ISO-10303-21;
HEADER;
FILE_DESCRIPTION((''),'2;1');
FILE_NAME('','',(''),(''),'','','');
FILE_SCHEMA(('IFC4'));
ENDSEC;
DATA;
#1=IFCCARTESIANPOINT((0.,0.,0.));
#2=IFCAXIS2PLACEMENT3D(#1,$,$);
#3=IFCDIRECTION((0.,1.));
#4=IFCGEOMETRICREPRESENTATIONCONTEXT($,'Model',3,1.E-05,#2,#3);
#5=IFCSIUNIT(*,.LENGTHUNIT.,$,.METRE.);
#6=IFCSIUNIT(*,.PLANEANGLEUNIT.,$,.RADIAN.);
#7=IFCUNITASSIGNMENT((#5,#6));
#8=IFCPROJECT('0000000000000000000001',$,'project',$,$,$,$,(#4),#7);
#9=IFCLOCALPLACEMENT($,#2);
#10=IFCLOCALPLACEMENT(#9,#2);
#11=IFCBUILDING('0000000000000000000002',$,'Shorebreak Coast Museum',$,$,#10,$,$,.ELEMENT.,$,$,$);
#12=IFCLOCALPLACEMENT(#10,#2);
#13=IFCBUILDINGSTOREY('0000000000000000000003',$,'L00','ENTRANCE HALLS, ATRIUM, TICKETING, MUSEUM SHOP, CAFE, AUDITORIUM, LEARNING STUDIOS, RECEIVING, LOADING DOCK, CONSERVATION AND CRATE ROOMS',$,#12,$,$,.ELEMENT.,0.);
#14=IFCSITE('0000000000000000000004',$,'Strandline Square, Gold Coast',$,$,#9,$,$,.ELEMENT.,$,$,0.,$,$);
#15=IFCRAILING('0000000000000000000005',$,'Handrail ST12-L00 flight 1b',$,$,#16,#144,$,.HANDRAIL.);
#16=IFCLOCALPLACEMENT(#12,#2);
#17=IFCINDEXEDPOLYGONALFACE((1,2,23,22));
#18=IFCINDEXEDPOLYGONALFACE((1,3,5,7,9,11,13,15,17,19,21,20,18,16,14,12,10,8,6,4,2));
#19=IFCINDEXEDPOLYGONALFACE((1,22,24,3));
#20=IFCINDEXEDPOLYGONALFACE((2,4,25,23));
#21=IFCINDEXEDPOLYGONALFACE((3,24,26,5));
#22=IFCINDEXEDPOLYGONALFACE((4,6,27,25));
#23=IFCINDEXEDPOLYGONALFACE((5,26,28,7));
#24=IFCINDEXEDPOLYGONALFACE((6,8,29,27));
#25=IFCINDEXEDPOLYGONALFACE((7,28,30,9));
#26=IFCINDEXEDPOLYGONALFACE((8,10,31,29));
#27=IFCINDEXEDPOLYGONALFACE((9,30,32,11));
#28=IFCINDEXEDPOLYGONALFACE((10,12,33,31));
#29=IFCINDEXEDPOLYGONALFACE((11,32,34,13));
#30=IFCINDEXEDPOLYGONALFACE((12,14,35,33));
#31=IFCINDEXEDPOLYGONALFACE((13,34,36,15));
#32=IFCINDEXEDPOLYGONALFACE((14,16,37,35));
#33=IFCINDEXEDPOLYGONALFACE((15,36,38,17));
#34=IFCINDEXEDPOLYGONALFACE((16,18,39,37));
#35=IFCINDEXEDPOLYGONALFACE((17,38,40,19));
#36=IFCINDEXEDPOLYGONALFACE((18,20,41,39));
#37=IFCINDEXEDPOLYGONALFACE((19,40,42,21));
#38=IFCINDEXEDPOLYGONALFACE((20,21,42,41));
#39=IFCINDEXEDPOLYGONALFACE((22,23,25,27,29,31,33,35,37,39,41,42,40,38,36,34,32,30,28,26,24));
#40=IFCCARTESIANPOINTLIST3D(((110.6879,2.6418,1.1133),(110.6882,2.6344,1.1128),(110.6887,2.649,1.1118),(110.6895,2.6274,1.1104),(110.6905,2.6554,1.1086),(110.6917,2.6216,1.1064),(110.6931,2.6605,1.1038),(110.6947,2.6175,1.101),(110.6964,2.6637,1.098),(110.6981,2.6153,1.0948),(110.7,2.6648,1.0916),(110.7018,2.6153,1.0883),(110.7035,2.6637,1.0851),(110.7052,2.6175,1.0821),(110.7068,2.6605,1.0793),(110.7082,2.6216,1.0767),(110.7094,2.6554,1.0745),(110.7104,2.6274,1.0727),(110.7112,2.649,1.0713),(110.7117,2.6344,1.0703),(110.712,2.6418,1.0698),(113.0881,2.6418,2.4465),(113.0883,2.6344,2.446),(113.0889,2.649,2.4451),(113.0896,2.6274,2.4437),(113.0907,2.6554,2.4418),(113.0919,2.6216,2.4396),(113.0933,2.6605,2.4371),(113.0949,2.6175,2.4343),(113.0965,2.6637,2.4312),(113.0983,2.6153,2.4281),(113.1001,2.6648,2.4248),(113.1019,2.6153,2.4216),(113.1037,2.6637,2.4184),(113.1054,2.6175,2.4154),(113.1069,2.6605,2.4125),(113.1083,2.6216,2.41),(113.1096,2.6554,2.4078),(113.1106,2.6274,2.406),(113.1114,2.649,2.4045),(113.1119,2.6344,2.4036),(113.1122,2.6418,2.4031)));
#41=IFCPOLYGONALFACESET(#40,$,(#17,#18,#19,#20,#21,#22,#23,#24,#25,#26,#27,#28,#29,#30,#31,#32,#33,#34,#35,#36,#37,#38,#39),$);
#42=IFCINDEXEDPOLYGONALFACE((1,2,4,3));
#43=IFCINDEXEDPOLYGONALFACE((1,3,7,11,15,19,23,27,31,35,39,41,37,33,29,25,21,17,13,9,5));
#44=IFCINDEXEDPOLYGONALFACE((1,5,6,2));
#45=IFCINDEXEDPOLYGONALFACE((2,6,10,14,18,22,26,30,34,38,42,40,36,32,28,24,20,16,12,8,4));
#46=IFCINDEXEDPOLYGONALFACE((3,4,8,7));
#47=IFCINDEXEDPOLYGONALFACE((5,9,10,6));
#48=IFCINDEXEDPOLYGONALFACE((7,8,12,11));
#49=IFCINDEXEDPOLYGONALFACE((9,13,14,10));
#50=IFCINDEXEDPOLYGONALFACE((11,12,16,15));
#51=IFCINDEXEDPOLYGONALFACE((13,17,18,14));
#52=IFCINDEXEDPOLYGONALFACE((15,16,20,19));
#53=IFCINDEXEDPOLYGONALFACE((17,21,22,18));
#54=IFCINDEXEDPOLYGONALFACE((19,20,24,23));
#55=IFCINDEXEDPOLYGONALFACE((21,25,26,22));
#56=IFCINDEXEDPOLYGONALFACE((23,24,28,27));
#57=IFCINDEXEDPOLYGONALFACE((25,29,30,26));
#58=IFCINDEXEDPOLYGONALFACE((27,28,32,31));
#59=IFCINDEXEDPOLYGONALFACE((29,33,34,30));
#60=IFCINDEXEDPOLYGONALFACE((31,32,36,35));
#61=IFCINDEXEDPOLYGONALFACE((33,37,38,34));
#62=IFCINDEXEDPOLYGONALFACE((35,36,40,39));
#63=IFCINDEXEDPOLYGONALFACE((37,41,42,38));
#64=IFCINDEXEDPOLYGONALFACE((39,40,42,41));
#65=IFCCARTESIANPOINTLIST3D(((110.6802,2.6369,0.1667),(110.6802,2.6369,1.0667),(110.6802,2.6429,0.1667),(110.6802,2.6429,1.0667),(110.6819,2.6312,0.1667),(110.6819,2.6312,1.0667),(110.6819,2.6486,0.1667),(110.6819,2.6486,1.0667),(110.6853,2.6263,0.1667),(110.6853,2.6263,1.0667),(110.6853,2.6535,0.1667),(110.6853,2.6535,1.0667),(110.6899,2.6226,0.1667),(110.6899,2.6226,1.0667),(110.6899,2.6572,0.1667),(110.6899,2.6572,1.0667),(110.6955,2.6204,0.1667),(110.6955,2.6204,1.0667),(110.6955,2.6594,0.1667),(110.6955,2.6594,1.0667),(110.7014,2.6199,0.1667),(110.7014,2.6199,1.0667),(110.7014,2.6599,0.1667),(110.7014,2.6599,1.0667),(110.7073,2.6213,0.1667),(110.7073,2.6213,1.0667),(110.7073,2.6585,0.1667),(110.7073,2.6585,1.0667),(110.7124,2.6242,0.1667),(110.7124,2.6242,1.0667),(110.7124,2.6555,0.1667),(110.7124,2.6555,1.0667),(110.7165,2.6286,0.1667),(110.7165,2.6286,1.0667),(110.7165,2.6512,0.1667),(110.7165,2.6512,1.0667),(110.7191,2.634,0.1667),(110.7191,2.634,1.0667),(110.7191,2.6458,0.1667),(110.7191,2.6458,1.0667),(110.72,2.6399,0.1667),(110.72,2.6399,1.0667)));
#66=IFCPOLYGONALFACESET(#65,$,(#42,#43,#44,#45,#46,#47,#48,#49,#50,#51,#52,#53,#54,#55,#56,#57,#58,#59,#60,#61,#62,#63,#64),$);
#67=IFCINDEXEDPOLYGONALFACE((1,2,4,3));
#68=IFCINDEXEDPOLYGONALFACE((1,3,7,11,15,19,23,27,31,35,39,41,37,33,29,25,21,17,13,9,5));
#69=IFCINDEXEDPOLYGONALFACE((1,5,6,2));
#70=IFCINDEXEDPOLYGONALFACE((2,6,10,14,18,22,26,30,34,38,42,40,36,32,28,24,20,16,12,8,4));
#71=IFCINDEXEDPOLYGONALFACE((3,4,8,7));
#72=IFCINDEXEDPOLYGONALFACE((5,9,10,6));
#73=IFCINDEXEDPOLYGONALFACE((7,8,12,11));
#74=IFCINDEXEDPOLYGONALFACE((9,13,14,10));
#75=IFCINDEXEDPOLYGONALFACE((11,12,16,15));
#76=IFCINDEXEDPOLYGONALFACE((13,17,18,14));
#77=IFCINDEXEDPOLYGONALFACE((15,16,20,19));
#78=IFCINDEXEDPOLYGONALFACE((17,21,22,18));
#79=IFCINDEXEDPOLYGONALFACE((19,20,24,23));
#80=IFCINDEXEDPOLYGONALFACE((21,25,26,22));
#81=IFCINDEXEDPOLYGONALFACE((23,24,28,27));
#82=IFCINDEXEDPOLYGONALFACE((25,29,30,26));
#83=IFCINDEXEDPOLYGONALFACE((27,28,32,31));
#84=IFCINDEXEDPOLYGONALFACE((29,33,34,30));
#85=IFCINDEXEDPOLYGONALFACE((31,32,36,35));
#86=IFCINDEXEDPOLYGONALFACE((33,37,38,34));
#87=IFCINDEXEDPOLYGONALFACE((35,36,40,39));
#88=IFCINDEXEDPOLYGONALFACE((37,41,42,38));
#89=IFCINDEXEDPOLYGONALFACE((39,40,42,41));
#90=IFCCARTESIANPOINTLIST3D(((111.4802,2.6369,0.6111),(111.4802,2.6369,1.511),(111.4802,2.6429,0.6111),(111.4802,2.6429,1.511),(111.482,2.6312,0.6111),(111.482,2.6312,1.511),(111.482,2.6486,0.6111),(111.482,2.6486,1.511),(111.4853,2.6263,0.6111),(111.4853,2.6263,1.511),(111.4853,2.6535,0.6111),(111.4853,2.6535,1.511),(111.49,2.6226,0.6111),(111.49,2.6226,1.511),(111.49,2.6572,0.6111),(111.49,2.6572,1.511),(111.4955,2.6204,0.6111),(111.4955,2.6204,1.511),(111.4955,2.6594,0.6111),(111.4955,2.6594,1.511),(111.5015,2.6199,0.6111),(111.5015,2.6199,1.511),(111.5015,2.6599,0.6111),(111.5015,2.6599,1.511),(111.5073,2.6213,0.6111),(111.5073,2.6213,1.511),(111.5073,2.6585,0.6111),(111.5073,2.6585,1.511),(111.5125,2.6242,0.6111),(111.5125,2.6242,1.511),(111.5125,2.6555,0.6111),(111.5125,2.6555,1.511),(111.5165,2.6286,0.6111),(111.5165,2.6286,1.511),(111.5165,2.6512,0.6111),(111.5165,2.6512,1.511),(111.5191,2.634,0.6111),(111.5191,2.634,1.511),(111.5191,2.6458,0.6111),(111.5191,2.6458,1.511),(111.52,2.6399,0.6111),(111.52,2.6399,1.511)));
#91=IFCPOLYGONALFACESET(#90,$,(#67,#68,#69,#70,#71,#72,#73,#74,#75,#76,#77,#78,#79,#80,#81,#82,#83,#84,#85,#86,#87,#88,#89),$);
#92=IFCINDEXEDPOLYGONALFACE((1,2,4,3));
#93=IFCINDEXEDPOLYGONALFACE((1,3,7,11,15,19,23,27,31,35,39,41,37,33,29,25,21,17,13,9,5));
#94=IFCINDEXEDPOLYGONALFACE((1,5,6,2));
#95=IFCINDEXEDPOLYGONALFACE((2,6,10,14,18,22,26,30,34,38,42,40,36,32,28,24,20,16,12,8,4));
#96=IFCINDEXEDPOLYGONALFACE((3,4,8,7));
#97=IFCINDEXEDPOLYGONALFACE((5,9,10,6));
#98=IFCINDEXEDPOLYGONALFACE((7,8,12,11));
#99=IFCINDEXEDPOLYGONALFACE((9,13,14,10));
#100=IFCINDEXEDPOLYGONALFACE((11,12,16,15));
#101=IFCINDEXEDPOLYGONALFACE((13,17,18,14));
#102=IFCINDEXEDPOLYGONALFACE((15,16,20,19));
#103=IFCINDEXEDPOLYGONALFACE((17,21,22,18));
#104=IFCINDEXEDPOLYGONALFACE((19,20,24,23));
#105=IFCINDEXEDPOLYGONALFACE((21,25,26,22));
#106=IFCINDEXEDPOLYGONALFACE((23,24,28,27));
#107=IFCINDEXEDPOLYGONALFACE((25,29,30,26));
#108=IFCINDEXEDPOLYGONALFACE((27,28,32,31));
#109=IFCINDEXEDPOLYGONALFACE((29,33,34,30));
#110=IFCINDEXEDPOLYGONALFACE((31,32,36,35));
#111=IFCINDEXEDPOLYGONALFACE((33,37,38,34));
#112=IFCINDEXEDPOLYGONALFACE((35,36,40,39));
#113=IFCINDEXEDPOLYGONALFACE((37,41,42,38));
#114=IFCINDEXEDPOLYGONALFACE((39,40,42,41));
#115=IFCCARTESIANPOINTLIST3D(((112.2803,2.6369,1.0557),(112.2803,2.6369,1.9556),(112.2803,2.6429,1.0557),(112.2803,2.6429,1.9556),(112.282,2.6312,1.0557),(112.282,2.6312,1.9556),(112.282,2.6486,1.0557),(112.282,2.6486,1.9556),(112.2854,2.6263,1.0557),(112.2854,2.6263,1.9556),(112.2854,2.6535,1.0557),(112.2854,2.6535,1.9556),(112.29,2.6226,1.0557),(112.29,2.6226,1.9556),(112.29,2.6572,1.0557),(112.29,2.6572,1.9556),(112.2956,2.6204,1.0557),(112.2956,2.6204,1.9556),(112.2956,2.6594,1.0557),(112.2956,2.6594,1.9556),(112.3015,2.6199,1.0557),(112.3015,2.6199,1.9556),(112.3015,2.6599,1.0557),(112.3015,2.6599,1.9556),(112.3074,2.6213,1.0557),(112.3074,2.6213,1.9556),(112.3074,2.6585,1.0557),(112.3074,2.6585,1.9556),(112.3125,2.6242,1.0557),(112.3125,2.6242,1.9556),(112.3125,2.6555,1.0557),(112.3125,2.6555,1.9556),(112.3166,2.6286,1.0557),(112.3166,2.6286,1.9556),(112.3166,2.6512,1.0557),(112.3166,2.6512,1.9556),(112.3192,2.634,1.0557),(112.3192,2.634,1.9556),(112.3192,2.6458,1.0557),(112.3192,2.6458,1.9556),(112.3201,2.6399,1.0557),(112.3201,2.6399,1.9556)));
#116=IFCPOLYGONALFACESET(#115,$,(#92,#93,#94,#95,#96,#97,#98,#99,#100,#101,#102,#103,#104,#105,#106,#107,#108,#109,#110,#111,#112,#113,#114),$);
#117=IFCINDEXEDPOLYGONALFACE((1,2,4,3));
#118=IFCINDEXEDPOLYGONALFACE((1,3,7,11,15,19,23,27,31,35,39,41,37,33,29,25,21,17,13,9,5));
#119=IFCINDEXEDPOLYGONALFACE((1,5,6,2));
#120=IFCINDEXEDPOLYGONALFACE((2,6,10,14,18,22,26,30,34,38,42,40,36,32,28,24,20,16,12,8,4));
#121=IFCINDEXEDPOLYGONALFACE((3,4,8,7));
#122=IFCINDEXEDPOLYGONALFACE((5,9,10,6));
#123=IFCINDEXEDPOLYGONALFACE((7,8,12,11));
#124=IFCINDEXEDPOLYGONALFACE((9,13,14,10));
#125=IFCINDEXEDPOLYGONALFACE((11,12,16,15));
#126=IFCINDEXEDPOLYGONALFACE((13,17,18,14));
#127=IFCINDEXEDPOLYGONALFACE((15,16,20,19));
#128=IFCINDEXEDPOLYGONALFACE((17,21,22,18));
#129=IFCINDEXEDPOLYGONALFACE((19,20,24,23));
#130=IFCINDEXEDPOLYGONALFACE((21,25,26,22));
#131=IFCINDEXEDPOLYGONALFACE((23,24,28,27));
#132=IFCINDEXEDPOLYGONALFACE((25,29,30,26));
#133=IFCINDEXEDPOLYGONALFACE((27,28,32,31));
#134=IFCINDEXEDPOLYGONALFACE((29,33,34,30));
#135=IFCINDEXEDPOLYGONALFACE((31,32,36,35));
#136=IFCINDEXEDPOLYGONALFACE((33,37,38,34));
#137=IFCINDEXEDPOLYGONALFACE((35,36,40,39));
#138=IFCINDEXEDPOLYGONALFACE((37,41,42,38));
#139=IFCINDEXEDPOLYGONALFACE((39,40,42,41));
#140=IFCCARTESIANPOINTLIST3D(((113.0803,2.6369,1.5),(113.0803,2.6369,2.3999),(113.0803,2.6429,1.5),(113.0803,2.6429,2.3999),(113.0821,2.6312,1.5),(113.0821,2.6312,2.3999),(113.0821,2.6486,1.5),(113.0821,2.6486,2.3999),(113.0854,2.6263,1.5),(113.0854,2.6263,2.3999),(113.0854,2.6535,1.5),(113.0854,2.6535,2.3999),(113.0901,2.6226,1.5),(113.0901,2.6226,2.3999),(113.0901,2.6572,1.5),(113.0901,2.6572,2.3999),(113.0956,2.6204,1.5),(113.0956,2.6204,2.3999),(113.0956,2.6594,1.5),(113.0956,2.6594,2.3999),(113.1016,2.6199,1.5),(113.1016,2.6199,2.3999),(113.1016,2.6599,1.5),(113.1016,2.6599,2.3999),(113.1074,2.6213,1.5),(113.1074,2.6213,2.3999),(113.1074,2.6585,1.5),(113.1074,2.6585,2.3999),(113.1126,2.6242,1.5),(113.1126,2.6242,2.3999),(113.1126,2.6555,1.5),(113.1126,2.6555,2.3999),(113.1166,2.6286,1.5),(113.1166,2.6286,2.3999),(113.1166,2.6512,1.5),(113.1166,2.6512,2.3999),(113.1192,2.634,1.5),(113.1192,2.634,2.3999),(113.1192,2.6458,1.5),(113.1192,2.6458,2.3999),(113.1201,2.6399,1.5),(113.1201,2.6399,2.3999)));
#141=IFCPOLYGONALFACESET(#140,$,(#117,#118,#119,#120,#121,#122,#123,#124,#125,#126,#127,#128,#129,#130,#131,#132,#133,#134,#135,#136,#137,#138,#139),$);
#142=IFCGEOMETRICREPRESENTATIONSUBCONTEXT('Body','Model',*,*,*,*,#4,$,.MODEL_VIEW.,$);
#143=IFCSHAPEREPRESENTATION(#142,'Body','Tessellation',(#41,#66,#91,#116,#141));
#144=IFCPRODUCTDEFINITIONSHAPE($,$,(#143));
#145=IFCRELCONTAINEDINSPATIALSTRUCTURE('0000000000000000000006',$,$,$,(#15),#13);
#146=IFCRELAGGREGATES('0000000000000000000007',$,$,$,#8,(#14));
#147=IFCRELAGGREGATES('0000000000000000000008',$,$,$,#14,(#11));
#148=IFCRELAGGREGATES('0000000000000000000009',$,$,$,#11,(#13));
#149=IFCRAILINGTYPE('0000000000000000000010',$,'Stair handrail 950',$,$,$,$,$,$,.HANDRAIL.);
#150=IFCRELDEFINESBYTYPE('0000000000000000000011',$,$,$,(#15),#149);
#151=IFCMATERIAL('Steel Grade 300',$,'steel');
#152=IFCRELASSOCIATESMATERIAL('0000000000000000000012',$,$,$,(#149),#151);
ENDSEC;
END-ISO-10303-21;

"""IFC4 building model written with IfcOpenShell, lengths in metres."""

from ifc_helpers import new_model, si_unit, direction, frame, origin, origin_2d, place, context, subcontext, project, spatial, circle, extrude, material, type_object, element, save


model = new_model("IFC4")

# Units and contexts
model_context = context("Model", 3, precision=1e-05, world=origin(), true_north=direction((0.0, 1.0)))
body_context = subcontext(model_context, "Body", "Model", "MODEL_VIEW")
ifc_project = project(units=[si_unit("LENGTHUNIT", "METRE"), si_unit("PLANEANGLEUNIT", "RADIAN")], contexts=[model_context])

# Site, building, storey
site_placement = place(None, origin())
site = spatial("IfcSite", under=ifc_project, at=site_placement, Name="Strandline Square, Gold Coast", CompositionType="ELEMENT", RefElevation=0.0)
building_placement = place(site_placement, origin())
building = spatial("IfcBuilding", under=site, at=building_placement, Name="Shorebreak Coast Museum", CompositionType="ELEMENT")
storey_placement = place(building_placement, origin())
storey = spatial("IfcBuildingStorey", under=building, at=storey_placement, Name="L00", Description="ENTRANCE HALLS, ATRIUM, TICKETING, MUSEUM SHOP, CAFE, AUDITORIUM, LEARNING STUDIOS, RECEIVING, LOADING DOCK, CONSERVATION AND CRATE ROOMS", CompositionType="ELEMENT", Elevation=0.0)

# Railing
ifc_material_1 = material(Name="Steel Grade 300", Category="steel")
railing_type_1 = type_object("IfcRailingType", Name="Stair handrail 950", PredefinedType="HANDRAIL", material=ifc_material_1)
for number, where, name in (
    (1, (110.7, 2.6399, 0.1667), "Handrail ST12-L00 flight 1b"),
):
    element("IfcRailing", number, at=place(storey_placement, frame(where)), inside=storey, type_object=railing_type_1, Name=name, PredefinedType="HANDRAIL", context=body_context, shape_type="SweptSolid", body=[
        extrude(circle(Radius=0.0249, at=origin_2d()), frame((0.0, 0.0, 0.9248), z_axis=(0.874182, 0.0, 0.485598), x_axis=(0.0, 1.0, 0.0)), (0.0, 0.0, 1.0), 2.7456),
        extrude(circle(Radius=0.02, at=origin_2d()), origin(), (0.0, 0.0, 1.0), 0.8999),
        extrude(circle(Radius=0.02, at=origin_2d()), frame((0.8, 0.0, 0.4443)), (0.0, 0.0, 1.0), 0.8999),
        extrude(circle(Radius=0.02, at=origin_2d()), frame((1.6001, 0.0, 0.8889)), (0.0, 0.0, 1.0), 0.8999),
        extrude(circle(Radius=0.02, at=origin_2d()), frame((2.4001, 0.0, 1.3333)), (0.0, 0.0, 1.0), 0.8999),
    ])

save(model, "model.ifc")
